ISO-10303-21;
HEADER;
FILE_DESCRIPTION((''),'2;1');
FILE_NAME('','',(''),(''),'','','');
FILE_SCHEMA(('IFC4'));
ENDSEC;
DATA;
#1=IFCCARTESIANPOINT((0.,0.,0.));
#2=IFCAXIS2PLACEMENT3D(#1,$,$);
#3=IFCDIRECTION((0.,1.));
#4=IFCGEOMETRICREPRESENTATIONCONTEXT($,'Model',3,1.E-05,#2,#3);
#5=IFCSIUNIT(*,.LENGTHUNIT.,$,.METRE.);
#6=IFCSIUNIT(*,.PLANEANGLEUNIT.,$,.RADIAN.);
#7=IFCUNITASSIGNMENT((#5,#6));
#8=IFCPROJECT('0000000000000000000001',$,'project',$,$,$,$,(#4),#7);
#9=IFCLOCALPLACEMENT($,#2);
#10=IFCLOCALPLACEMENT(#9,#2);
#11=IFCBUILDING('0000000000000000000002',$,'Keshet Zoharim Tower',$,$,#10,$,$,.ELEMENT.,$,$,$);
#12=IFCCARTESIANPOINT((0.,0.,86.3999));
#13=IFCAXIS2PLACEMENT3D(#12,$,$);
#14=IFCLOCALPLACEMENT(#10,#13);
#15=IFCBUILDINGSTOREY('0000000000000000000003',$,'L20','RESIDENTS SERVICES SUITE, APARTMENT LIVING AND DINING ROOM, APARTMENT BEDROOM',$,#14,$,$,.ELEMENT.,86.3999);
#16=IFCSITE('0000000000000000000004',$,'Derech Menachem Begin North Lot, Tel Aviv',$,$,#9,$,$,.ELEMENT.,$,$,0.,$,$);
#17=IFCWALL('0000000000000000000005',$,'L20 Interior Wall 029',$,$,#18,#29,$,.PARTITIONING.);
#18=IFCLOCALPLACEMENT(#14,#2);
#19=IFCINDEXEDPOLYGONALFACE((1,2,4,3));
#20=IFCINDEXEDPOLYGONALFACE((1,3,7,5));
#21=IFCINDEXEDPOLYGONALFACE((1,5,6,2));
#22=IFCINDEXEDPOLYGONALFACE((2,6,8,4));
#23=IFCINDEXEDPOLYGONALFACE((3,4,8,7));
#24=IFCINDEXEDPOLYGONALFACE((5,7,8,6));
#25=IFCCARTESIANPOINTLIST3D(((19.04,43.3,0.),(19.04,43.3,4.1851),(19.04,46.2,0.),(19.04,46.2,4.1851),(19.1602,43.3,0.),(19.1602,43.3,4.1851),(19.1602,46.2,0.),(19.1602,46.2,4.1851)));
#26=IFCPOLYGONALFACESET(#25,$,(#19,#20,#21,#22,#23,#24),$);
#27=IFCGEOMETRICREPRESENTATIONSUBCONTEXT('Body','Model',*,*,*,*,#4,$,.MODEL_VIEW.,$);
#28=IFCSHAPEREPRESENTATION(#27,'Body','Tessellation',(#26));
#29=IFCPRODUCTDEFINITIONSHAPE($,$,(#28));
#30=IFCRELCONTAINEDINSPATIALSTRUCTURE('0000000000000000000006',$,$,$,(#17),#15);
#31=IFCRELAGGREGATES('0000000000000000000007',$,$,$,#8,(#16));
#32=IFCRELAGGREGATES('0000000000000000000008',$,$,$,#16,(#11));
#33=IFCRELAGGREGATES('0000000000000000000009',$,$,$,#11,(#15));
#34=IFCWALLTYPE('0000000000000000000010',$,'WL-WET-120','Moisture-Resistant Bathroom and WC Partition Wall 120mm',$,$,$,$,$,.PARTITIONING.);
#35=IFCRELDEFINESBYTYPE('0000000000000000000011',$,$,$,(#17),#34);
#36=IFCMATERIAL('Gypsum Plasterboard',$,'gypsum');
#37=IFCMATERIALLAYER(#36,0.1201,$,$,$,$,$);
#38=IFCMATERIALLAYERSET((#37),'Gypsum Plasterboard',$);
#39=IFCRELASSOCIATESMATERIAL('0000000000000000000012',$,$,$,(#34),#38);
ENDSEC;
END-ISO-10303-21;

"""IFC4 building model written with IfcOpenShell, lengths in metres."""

from ifc_helpers import new_model, si_unit, direction, frame, frame_2d, origin, place, context, subcontext, project, spatial, rectangle, extrude, material, layer, layer_set, type_object, element, save


model = new_model("IFC4")

# Units and contexts
model_context = context("Model", 3, precision=1e-05, world=origin(), true_north=direction((0.0, 1.0)))
body_context = subcontext(model_context, "Body", "Model", "MODEL_VIEW")
ifc_project = project(units=[si_unit("LENGTHUNIT", "METRE"), si_unit("PLANEANGLEUNIT", "RADIAN")], contexts=[model_context])

# Site, building, storey
site_placement = place(None, origin())
site = spatial("IfcSite", under=ifc_project, at=site_placement, Name="Derech Menachem Begin North Lot, Tel Aviv", CompositionType="ELEMENT", RefElevation=0.0)
building_placement = place(site_placement, origin())
building = spatial("IfcBuilding", under=site, at=building_placement, Name="Keshet Zoharim Tower", CompositionType="ELEMENT")
storey_placement = place(building_placement, frame((0.0, 0.0, 86.3999)))
storey = spatial("IfcBuildingStorey", under=building, at=storey_placement, Name="L20", Description="RESIDENTS SERVICES SUITE, APARTMENT LIVING AND DINING ROOM, APARTMENT BEDROOM", CompositionType="ELEMENT", Elevation=86.3999)

# Shared definitions
ifc_material_1 = material(Name="Gypsum Plasterboard", Category="gypsum")

# Wall
ifc_layer_1 = layer(ifc_material_1, 0.1201)
ifc_layer_set_1 = layer_set([ifc_layer_1], Name="Gypsum Plasterboard")
wall_type_1 = type_object("IfcWallType", Name="WL-WET-120", Description="Moisture-Resistant Bathroom and WC Partition Wall 120mm", PredefinedType="PARTITIONING", material=ifc_layer_set_1)
wall_1_placement = place(storey_placement, frame((19.1001, 43.3, 0.0), z_axis=(0.0, 0.0, 1.0), x_axis=(0.0, 1.0, 0.0)))
element("IfcWall", 1, at=wall_1_placement, inside=storey, type_object=wall_type_1, Name="L20 Interior Wall 029", PredefinedType="PARTITIONING", context=body_context, shape_type="SweptSolid", body=[
    extrude(rectangle(XDim=2.8999, YDim=0.1201, at=frame_2d((1.45, 0.0))), origin(), (0.0, 0.0, 1.0), 4.1851),
])

save(model, "model.ifc")
